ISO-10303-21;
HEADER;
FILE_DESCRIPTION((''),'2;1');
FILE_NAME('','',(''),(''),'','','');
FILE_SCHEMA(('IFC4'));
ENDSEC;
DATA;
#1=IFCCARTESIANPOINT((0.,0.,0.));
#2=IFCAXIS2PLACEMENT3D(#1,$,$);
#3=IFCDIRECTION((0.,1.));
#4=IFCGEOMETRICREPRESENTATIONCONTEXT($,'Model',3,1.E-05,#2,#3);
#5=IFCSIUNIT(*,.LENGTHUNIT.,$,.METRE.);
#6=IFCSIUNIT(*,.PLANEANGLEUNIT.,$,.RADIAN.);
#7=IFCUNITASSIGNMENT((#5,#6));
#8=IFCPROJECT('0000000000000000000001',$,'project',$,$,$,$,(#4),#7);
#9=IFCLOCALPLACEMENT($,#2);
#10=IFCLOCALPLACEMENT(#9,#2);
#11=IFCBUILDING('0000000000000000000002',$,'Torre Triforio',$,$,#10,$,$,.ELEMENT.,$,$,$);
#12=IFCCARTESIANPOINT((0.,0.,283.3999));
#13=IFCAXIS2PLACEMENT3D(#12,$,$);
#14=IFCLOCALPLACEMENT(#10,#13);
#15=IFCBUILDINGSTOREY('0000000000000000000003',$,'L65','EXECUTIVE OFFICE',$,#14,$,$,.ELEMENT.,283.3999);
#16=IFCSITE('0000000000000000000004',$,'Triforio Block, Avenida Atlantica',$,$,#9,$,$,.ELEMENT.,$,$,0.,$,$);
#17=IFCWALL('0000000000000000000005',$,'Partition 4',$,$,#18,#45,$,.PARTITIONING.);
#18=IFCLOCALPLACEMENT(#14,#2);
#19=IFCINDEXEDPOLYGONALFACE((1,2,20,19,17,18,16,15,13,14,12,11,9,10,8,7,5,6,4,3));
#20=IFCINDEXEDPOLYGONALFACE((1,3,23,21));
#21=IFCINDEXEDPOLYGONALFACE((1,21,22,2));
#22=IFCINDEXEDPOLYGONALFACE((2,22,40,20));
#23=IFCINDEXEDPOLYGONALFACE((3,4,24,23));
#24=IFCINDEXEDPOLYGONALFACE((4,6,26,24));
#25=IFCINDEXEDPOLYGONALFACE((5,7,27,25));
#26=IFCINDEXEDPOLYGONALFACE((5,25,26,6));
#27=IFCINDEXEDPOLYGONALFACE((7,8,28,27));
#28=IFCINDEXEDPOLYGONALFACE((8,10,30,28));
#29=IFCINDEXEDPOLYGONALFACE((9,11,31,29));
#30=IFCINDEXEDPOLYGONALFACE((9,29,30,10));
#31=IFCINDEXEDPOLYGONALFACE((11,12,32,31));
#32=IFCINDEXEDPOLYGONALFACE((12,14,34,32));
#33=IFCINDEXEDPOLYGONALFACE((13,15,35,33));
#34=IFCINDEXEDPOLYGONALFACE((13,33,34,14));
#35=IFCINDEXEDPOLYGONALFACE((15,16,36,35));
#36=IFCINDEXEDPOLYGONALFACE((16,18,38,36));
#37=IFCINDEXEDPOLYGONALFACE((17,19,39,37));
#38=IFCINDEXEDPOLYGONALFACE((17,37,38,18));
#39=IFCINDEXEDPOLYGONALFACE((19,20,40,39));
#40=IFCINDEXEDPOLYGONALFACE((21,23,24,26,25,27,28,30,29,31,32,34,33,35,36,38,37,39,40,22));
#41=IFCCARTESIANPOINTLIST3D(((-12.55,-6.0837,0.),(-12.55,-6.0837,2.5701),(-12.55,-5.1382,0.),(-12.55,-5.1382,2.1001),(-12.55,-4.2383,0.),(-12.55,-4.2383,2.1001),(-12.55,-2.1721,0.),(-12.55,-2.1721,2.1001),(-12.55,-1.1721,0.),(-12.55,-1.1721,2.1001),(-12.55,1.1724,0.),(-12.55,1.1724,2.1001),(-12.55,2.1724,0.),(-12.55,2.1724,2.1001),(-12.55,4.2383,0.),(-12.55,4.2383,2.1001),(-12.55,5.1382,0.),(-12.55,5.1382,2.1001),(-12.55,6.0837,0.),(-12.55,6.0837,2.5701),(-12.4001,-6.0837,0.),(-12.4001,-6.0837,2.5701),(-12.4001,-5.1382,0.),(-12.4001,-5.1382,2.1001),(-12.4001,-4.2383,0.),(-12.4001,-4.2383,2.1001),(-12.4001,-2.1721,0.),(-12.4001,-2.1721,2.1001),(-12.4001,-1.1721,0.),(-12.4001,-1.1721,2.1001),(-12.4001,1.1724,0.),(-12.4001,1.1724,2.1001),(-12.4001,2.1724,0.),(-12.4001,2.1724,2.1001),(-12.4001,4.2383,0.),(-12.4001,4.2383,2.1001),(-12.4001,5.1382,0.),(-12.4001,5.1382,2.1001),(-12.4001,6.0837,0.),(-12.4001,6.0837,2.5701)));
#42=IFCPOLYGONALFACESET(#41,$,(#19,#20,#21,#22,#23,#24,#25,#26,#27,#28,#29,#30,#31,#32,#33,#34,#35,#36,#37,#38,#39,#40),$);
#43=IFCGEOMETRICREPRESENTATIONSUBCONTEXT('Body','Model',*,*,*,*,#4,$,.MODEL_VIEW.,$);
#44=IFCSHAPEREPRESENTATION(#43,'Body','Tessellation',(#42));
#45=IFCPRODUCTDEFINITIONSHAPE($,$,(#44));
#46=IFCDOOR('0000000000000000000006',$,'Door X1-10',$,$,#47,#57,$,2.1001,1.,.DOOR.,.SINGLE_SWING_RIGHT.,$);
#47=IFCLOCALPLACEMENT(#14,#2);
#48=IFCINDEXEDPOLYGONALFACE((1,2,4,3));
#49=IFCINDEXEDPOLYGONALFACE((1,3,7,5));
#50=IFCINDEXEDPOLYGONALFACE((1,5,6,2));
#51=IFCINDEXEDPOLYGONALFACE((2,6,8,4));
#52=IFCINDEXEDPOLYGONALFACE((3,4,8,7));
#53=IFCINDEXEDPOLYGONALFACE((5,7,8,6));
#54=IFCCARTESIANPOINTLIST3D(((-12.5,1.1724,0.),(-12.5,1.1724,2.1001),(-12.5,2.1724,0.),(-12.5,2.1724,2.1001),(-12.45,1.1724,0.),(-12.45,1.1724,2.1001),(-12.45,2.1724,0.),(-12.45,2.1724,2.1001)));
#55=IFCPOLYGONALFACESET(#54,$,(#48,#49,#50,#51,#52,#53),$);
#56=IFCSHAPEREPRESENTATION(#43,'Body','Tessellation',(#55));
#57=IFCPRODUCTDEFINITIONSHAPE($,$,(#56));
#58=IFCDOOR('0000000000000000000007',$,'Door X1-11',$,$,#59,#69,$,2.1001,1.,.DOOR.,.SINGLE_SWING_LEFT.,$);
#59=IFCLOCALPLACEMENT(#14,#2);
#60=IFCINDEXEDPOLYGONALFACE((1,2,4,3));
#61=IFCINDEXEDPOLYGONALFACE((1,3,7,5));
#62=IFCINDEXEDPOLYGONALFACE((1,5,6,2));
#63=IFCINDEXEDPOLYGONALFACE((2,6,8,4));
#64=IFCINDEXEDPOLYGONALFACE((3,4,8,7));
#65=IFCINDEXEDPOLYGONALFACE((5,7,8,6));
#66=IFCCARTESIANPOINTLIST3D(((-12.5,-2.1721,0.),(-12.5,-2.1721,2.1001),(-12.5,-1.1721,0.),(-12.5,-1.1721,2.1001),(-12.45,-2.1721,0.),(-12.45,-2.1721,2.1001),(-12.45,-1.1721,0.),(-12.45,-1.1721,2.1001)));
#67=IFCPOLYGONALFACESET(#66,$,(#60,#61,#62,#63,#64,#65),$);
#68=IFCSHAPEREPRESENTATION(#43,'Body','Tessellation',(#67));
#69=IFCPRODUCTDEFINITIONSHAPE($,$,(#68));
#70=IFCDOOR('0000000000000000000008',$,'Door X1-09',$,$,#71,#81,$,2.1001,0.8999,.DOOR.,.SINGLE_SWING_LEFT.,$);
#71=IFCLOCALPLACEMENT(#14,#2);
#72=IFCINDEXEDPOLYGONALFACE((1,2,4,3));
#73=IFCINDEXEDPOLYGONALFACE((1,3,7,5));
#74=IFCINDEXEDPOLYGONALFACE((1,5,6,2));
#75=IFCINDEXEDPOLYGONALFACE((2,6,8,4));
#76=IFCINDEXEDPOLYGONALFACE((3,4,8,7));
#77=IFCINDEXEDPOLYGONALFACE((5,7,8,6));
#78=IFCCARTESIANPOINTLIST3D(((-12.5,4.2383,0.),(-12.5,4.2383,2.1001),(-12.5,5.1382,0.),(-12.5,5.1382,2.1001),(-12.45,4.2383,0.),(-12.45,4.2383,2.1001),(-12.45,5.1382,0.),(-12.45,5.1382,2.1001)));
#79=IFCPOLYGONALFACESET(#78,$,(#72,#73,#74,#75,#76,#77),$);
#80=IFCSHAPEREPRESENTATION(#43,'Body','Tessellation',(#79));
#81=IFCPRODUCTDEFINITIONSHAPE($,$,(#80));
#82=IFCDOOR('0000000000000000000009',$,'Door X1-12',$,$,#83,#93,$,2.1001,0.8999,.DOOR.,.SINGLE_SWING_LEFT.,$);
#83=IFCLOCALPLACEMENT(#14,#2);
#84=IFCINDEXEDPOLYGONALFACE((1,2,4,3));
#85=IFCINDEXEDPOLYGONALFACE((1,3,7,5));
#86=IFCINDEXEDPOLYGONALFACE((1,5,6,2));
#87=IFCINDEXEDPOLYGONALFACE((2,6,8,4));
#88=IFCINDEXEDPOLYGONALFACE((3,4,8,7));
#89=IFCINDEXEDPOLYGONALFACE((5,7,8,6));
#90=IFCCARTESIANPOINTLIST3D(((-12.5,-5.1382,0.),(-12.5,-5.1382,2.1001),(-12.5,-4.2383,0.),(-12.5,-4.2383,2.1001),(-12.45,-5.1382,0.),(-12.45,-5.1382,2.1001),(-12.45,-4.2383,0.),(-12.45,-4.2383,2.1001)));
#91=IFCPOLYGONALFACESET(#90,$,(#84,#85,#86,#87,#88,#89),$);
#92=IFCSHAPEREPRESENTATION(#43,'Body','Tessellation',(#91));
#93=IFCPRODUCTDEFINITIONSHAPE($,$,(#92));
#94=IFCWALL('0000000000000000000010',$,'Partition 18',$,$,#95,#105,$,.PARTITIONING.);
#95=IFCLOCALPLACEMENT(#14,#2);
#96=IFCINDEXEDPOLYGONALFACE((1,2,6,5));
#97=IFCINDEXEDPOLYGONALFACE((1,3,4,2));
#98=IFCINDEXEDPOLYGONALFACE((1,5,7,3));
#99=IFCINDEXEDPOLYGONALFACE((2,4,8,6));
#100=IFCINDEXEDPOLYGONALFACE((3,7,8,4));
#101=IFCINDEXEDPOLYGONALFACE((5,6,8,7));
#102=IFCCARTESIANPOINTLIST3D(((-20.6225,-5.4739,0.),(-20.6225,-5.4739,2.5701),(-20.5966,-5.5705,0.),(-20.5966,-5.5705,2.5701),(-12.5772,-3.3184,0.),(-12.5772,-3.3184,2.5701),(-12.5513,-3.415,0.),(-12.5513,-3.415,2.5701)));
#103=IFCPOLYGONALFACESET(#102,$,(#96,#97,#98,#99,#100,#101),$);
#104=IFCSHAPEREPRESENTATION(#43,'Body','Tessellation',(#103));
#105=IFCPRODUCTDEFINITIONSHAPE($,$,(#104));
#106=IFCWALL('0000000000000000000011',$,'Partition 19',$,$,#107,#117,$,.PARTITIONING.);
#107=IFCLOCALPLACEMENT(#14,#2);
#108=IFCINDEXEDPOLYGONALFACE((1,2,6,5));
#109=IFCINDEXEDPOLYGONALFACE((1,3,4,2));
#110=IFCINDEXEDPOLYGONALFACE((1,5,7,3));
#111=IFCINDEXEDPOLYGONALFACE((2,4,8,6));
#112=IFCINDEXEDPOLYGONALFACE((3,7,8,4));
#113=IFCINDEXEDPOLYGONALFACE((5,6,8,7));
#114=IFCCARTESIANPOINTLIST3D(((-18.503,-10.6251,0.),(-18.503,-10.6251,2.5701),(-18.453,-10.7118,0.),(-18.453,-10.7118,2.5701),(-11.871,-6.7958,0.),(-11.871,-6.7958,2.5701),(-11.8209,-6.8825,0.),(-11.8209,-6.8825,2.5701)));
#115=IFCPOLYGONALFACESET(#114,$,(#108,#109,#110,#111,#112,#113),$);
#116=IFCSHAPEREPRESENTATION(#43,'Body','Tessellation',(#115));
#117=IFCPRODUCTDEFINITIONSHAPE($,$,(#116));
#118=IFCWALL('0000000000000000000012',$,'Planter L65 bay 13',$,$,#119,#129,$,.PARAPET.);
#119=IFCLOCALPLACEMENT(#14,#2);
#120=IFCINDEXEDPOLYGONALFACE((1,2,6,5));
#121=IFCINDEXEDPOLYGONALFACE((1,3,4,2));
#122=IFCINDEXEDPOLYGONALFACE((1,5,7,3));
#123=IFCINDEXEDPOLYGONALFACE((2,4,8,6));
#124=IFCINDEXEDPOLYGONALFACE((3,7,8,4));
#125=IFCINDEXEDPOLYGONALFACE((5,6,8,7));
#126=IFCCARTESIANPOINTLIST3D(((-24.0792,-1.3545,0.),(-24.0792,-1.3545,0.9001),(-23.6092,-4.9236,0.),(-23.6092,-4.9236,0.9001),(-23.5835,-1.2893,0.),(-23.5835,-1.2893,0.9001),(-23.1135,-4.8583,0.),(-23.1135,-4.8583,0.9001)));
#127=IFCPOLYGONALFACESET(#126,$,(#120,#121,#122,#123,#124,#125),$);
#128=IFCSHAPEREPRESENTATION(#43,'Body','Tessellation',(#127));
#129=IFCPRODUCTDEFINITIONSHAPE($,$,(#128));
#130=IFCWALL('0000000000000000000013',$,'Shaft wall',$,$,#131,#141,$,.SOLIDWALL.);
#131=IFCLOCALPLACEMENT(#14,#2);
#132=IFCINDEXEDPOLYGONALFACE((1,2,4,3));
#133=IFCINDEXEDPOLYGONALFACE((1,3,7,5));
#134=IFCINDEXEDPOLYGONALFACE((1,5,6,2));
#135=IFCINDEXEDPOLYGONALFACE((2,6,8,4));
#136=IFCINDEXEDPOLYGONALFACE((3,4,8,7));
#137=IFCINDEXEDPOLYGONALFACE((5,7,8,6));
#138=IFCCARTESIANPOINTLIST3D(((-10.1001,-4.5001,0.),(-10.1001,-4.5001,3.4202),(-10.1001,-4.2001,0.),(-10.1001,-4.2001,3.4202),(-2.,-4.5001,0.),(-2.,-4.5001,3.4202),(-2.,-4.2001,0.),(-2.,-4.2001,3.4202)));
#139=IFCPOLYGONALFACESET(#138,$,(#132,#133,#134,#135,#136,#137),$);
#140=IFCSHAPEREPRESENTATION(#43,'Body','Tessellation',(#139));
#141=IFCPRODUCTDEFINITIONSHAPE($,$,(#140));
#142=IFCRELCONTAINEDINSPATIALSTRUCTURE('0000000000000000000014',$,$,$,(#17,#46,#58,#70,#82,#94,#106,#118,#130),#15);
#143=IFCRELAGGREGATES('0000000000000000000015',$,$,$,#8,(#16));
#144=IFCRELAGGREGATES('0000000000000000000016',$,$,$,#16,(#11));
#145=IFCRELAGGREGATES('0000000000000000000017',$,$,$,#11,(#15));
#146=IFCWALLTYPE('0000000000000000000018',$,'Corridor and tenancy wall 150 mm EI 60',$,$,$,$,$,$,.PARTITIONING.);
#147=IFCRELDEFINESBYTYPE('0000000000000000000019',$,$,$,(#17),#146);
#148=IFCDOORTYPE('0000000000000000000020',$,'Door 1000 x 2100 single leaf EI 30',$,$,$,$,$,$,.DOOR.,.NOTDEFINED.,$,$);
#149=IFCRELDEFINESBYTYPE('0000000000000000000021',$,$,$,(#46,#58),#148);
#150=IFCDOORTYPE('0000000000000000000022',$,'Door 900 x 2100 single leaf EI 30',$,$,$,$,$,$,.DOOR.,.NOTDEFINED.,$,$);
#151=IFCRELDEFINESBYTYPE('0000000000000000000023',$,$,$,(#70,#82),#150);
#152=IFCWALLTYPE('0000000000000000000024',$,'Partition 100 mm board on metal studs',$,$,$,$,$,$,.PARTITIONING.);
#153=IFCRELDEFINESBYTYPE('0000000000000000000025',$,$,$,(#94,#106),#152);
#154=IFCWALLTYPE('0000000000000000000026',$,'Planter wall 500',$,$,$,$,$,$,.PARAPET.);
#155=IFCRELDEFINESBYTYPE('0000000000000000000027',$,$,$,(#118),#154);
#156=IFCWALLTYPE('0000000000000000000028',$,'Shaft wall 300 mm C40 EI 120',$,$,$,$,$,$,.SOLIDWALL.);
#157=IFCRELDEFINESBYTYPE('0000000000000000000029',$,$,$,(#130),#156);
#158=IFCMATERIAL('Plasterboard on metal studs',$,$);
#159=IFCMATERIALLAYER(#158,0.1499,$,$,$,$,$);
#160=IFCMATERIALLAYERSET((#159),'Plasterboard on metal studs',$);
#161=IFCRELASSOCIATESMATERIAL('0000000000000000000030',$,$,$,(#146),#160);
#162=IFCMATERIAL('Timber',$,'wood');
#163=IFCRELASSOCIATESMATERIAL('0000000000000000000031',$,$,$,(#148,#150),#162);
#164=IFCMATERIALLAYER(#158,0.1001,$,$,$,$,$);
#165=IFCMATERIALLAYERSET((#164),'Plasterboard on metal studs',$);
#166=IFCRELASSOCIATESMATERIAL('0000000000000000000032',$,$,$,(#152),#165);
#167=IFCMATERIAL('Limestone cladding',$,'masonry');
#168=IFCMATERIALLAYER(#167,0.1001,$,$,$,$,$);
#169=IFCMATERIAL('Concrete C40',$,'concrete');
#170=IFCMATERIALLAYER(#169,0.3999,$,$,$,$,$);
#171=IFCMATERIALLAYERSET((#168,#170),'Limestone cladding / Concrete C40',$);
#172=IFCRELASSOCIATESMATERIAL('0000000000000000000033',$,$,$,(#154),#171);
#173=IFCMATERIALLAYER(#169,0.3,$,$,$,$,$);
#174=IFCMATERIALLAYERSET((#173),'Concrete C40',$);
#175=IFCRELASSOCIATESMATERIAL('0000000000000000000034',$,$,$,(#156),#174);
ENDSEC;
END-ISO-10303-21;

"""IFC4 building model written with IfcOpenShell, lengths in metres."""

from ifc_helpers import new_model, si_unit, direction, frame, frame_2d, origin, place, context, subcontext, project, spatial, rectangle, extrude, material, layer, layer_set, type_object, element, fill, save


model = new_model("IFC4")

# Units and contexts
model_context = context("Model", 3, precision=1e-05, world=origin(), true_north=direction((0.0, 1.0)))
body_context = subcontext(model_context, "Body", "Model", "MODEL_VIEW")
ifc_project = project(units=[si_unit("LENGTHUNIT", "METRE"), si_unit("PLANEANGLEUNIT", "RADIAN")], contexts=[model_context])

# Site, building, storey
site_placement = place(None, origin())
site = spatial("IfcSite", under=ifc_project, at=site_placement, Name="Triforio Block, Avenida Atlantica", CompositionType="ELEMENT", RefElevation=0.0)
building_placement = place(site_placement, origin())
building = spatial("IfcBuilding", under=site, at=building_placement, Name="Torre Triforio", CompositionType="ELEMENT")
storey_placement = place(building_placement, frame((0.0, 0.0, 283.3999)))
storey = spatial("IfcBuildingStorey", under=building, at=storey_placement, Name="L65", Description="EXECUTIVE OFFICE", CompositionType="ELEMENT", Elevation=283.3999)

# Shared definitions
ifc_material_1 = material(Name="Concrete C40", Category="concrete")

# Wall, openings, doors
ifc_material_2 = material(Name="Plasterboard on metal studs")
ifc_layer_1 = layer(ifc_material_2, 0.1499)
ifc_layer_set_1 = layer_set([ifc_layer_1], Name="Plasterboard on metal studs")
wall_type_1 = type_object("IfcWallType", Name="Corridor and tenancy wall 150 mm EI 60", PredefinedType="PARTITIONING", material=ifc_layer_set_1)
wall_1_placement = place(storey_placement, frame((-12.4751, -6.0837, 0.0), z_axis=(0.0, 0.0, 1.0), x_axis=(0.0, 1.0, 0.0)))
wall_1 = element("IfcWall", 1, at=wall_1_placement, inside=storey, type_object=wall_type_1, Name="Partition 4", PredefinedType="PARTITIONING", context=body_context, shape_type="SweptSolid", body=[
    extrude(rectangle(XDim=12.1675, YDim=0.1499, at=frame_2d((6.0837, 0.0))), origin(), (0.0, 0.0, 1.0), 2.5701),
])
opening_1_placement = place(wall_1_placement, frame((10.322, 0.0, 0.0)))
opening_1 = element("IfcOpeningElement", 2, at=opening_1_placement, cuts=wall_1, PredefinedType="OPENING", context=body_context, shape_type="SweptSolid", body=[
    extrude(rectangle(XDim=0.8999, YDim=2.1001, at=frame_2d((0.45, 1.05))), frame((0.0, 0.085, 0.0), z_axis=(0.0, -1.0, 0.0), x_axis=(1.0, 0.0, 0.0)), (0.0, 0.0, 1.0), 0.1699),
])
opening_2_placement = place(wall_1_placement, frame((7.2561, 0.0, 0.0)))
opening_2 = element("IfcOpeningElement", 3, at=opening_2_placement, cuts=wall_1, PredefinedType="OPENING", context=body_context, shape_type="SweptSolid", body=[
    extrude(rectangle(XDim=1.0, YDim=2.1001, at=frame_2d((0.5, 1.05))), frame((0.0, 0.085, 0.0), z_axis=(0.0, -1.0, 0.0), x_axis=(1.0, 0.0, 0.0)), (0.0, 0.0, 1.0), 0.1699),
])
opening_3_placement = place(wall_1_placement, frame((3.9116, 0.0, 0.0)))
opening_3 = element("IfcOpeningElement", 4, at=opening_3_placement, cuts=wall_1, PredefinedType="OPENING", context=body_context, shape_type="SweptSolid", body=[
    extrude(rectangle(XDim=1.0, YDim=2.1001, at=frame_2d((0.5, 1.05))), frame((0.0, 0.085, 0.0), z_axis=(0.0, -1.0, 0.0), x_axis=(1.0, 0.0, 0.0)), (0.0, 0.0, 1.0), 0.1699),
])
opening_4_placement = place(wall_1_placement, frame((0.9456, 0.0, 0.0)))
opening_4 = element("IfcOpeningElement", 5, at=opening_4_placement, cuts=wall_1, PredefinedType="OPENING", context=body_context, shape_type="SweptSolid", body=[
    extrude(rectangle(XDim=0.8999, YDim=2.1001, at=frame_2d((0.45, 1.05))), frame((0.0, 0.085, 0.0), z_axis=(0.0, -1.0, 0.0), x_axis=(1.0, 0.0, 0.0)), (0.0, 0.0, 1.0), 0.1699),
])
ifc_material_3 = material(Name="Timber", Category="wood")
door_type_1 = type_object("IfcDoorType", Name="Door 1000 x 2100 single leaf EI 30", OperationType="NOTDEFINED", PredefinedType="DOOR", material=ifc_material_3)
door_1_placement = place(opening_2_placement, origin())
door_1 = element("IfcDoor", 6, at=door_1_placement, inside=storey, type_object=door_type_1, Name="Door X1-10", OperationType="SINGLE_SWING_RIGHT", OverallHeight=2.1001, OverallWidth=1.0, PredefinedType="DOOR", context=body_context, shape_type="SweptSolid", body=[
    extrude(rectangle(XDim=1.0, YDim=2.1001, at=frame_2d((0.5, 1.05))), frame((0.0, 0.0249, 0.0), z_axis=(0.0, -1.0, 0.0), x_axis=(1.0, 0.0, 0.0)), (0.0, 0.0, 1.0), 0.05),
])
fill(opening_2, door_1)
door_2_placement = place(opening_3_placement, origin())
door_2 = element("IfcDoor", 7, at=door_2_placement, inside=storey, type_object=door_type_1, Name="Door X1-11", OperationType="SINGLE_SWING_LEFT", OverallHeight=2.1001, OverallWidth=1.0, PredefinedType="DOOR", context=body_context, shape_type="SweptSolid", body=[
    extrude(rectangle(XDim=1.0, YDim=2.1001, at=frame_2d((0.5, 1.05))), frame((0.0, 0.0249, 0.0), z_axis=(0.0, -1.0, 0.0), x_axis=(1.0, 0.0, 0.0)), (0.0, 0.0, 1.0), 0.05),
])
fill(opening_3, door_2)
door_type_2 = type_object("IfcDoorType", Name="Door 900 x 2100 single leaf EI 30", OperationType="NOTDEFINED", PredefinedType="DOOR", material=ifc_material_3)
door_3_placement = place(opening_1_placement, origin())
door_3 = element("IfcDoor", 8, at=door_3_placement, inside=storey, type_object=door_type_2, Name="Door X1-09", OperationType="SINGLE_SWING_LEFT", OverallHeight=2.1001, OverallWidth=0.8999, PredefinedType="DOOR", context=body_context, shape_type="SweptSolid", body=[
    extrude(rectangle(XDim=0.8999, YDim=2.1001, at=frame_2d((0.45, 1.05))), frame((0.0, 0.0249, 0.0), z_axis=(0.0, -1.0, 0.0), x_axis=(1.0, 0.0, 0.0)), (0.0, 0.0, 1.0), 0.05),
])
fill(opening_1, door_3)
door_4_placement = place(opening_4_placement, origin())
door_4 = element("IfcDoor", 9, at=door_4_placement, inside=storey, type_object=door_type_2, Name="Door X1-12", OperationType="SINGLE_SWING_LEFT", OverallHeight=2.1001, OverallWidth=0.8999, PredefinedType="DOOR", context=body_context, shape_type="SweptSolid", body=[
    extrude(rectangle(XDim=0.8999, YDim=2.1001, at=frame_2d((0.45, 1.05))), frame((0.0, 0.0249, 0.0), z_axis=(0.0, -1.0, 0.0), x_axis=(1.0, 0.0, 0.0)), (0.0, 0.0, 1.0), 0.05),
])
fill(opening_4, door_4)

# Walls
ifc_layer_2 = layer(ifc_material_2, 0.1001)
ifc_layer_set_2 = layer_set([ifc_layer_2], Name="Plasterboard on metal studs")
wall_type_2 = type_object("IfcWallType", Name="Partition 100 mm board on metal studs", PredefinedType="PARTITIONING", material=ifc_layer_set_2)
wall_2_placement = place(storey_placement, frame((-12.5642, -3.3667, 0.0), z_axis=(0.0, 0.0, 1.0), x_axis=(-0.965933, -0.258792, 0.0)))
element("IfcWall", 10, at=wall_2_placement, inside=storey, type_object=wall_type_2, Name="Partition 18", PredefinedType="PARTITIONING", context=body_context, shape_type="SweptSolid", body=[
    extrude(rectangle(XDim=8.3291, YDim=0.1001, at=frame_2d((4.1646, 0.0))), origin(), (0.0, 0.0, 1.0), 2.5701),
])
wall_3_placement = place(storey_placement, frame((-11.8459, -6.8391, 0.0), z_axis=(0.0, 0.0, 1.0), x_axis=(-0.866008, -0.500031, 0.0)))
element("IfcWall", 11, at=wall_3_placement, inside=storey, type_object=wall_type_2, Name="Partition 19", PredefinedType="PARTITIONING", context=body_context, shape_type="SweptSolid", body=[
    extrude(rectangle(XDim=7.6582, YDim=0.1001, at=frame_2d((3.8291, 0.0))), origin(), (0.0, 0.0, 1.0), 2.5701),
])
ifc_material_4 = material(Name="Limestone cladding", Category="masonry")
ifc_layer_3 = layer(ifc_material_4, 0.1001)
ifc_layer_4 = layer(ifc_material_1, 0.3999)
ifc_layer_set_3 = layer_set([ifc_layer_3, ifc_layer_4], Name="Limestone cladding / Concrete C40")
wall_type_3 = type_object("IfcWallType", Name="Planter wall 500", PredefinedType="PARAPET", material=ifc_layer_set_3)
wall_4_placement = place(storey_placement, frame((-23.8313, -1.322, 0.0), z_axis=(0.0, 0.0, 1.0), x_axis=(0.130551, -0.991442, 0.0)))
element("IfcWall", 12, at=wall_4_placement, inside=storey, type_object=wall_type_3, Name="Planter L65 bay 13", PredefinedType="PARAPET", context=body_context, shape_type="SweptSolid", body=[
    extrude(rectangle(XDim=3.5999, YDim=0.5, at=frame_2d((1.7998, 0.0))), origin(), (0.0, 0.0, 1.0), 0.9001),
])
ifc_layer_5 = layer(ifc_material_1, 0.3)
ifc_layer_set_4 = layer_set([ifc_layer_5], Name="Concrete C40")
wall_type_4 = type_object("IfcWallType", Name="Shaft wall 300 mm C40 EI 120", PredefinedType="SOLIDWALL", material=ifc_layer_set_4)
wall_5_placement = place(storey_placement, frame((-10.1001, -4.3501, 0.0), z_axis=(0.0, 0.0, 1.0), x_axis=(1.0, 0.0, 0.0)))
element("IfcWall", 13, at=wall_5_placement, inside=storey, type_object=wall_type_4, Name="Shaft wall", PredefinedType="SOLIDWALL", context=body_context, shape_type="SweptSolid", body=[
    extrude(rectangle(XDim=8.1001, YDim=0.3, at=frame_2d((4.05, 0.0))), origin(), (0.0, 0.0, 1.0), 3.4202),
])

save(model, "model.ifc")
